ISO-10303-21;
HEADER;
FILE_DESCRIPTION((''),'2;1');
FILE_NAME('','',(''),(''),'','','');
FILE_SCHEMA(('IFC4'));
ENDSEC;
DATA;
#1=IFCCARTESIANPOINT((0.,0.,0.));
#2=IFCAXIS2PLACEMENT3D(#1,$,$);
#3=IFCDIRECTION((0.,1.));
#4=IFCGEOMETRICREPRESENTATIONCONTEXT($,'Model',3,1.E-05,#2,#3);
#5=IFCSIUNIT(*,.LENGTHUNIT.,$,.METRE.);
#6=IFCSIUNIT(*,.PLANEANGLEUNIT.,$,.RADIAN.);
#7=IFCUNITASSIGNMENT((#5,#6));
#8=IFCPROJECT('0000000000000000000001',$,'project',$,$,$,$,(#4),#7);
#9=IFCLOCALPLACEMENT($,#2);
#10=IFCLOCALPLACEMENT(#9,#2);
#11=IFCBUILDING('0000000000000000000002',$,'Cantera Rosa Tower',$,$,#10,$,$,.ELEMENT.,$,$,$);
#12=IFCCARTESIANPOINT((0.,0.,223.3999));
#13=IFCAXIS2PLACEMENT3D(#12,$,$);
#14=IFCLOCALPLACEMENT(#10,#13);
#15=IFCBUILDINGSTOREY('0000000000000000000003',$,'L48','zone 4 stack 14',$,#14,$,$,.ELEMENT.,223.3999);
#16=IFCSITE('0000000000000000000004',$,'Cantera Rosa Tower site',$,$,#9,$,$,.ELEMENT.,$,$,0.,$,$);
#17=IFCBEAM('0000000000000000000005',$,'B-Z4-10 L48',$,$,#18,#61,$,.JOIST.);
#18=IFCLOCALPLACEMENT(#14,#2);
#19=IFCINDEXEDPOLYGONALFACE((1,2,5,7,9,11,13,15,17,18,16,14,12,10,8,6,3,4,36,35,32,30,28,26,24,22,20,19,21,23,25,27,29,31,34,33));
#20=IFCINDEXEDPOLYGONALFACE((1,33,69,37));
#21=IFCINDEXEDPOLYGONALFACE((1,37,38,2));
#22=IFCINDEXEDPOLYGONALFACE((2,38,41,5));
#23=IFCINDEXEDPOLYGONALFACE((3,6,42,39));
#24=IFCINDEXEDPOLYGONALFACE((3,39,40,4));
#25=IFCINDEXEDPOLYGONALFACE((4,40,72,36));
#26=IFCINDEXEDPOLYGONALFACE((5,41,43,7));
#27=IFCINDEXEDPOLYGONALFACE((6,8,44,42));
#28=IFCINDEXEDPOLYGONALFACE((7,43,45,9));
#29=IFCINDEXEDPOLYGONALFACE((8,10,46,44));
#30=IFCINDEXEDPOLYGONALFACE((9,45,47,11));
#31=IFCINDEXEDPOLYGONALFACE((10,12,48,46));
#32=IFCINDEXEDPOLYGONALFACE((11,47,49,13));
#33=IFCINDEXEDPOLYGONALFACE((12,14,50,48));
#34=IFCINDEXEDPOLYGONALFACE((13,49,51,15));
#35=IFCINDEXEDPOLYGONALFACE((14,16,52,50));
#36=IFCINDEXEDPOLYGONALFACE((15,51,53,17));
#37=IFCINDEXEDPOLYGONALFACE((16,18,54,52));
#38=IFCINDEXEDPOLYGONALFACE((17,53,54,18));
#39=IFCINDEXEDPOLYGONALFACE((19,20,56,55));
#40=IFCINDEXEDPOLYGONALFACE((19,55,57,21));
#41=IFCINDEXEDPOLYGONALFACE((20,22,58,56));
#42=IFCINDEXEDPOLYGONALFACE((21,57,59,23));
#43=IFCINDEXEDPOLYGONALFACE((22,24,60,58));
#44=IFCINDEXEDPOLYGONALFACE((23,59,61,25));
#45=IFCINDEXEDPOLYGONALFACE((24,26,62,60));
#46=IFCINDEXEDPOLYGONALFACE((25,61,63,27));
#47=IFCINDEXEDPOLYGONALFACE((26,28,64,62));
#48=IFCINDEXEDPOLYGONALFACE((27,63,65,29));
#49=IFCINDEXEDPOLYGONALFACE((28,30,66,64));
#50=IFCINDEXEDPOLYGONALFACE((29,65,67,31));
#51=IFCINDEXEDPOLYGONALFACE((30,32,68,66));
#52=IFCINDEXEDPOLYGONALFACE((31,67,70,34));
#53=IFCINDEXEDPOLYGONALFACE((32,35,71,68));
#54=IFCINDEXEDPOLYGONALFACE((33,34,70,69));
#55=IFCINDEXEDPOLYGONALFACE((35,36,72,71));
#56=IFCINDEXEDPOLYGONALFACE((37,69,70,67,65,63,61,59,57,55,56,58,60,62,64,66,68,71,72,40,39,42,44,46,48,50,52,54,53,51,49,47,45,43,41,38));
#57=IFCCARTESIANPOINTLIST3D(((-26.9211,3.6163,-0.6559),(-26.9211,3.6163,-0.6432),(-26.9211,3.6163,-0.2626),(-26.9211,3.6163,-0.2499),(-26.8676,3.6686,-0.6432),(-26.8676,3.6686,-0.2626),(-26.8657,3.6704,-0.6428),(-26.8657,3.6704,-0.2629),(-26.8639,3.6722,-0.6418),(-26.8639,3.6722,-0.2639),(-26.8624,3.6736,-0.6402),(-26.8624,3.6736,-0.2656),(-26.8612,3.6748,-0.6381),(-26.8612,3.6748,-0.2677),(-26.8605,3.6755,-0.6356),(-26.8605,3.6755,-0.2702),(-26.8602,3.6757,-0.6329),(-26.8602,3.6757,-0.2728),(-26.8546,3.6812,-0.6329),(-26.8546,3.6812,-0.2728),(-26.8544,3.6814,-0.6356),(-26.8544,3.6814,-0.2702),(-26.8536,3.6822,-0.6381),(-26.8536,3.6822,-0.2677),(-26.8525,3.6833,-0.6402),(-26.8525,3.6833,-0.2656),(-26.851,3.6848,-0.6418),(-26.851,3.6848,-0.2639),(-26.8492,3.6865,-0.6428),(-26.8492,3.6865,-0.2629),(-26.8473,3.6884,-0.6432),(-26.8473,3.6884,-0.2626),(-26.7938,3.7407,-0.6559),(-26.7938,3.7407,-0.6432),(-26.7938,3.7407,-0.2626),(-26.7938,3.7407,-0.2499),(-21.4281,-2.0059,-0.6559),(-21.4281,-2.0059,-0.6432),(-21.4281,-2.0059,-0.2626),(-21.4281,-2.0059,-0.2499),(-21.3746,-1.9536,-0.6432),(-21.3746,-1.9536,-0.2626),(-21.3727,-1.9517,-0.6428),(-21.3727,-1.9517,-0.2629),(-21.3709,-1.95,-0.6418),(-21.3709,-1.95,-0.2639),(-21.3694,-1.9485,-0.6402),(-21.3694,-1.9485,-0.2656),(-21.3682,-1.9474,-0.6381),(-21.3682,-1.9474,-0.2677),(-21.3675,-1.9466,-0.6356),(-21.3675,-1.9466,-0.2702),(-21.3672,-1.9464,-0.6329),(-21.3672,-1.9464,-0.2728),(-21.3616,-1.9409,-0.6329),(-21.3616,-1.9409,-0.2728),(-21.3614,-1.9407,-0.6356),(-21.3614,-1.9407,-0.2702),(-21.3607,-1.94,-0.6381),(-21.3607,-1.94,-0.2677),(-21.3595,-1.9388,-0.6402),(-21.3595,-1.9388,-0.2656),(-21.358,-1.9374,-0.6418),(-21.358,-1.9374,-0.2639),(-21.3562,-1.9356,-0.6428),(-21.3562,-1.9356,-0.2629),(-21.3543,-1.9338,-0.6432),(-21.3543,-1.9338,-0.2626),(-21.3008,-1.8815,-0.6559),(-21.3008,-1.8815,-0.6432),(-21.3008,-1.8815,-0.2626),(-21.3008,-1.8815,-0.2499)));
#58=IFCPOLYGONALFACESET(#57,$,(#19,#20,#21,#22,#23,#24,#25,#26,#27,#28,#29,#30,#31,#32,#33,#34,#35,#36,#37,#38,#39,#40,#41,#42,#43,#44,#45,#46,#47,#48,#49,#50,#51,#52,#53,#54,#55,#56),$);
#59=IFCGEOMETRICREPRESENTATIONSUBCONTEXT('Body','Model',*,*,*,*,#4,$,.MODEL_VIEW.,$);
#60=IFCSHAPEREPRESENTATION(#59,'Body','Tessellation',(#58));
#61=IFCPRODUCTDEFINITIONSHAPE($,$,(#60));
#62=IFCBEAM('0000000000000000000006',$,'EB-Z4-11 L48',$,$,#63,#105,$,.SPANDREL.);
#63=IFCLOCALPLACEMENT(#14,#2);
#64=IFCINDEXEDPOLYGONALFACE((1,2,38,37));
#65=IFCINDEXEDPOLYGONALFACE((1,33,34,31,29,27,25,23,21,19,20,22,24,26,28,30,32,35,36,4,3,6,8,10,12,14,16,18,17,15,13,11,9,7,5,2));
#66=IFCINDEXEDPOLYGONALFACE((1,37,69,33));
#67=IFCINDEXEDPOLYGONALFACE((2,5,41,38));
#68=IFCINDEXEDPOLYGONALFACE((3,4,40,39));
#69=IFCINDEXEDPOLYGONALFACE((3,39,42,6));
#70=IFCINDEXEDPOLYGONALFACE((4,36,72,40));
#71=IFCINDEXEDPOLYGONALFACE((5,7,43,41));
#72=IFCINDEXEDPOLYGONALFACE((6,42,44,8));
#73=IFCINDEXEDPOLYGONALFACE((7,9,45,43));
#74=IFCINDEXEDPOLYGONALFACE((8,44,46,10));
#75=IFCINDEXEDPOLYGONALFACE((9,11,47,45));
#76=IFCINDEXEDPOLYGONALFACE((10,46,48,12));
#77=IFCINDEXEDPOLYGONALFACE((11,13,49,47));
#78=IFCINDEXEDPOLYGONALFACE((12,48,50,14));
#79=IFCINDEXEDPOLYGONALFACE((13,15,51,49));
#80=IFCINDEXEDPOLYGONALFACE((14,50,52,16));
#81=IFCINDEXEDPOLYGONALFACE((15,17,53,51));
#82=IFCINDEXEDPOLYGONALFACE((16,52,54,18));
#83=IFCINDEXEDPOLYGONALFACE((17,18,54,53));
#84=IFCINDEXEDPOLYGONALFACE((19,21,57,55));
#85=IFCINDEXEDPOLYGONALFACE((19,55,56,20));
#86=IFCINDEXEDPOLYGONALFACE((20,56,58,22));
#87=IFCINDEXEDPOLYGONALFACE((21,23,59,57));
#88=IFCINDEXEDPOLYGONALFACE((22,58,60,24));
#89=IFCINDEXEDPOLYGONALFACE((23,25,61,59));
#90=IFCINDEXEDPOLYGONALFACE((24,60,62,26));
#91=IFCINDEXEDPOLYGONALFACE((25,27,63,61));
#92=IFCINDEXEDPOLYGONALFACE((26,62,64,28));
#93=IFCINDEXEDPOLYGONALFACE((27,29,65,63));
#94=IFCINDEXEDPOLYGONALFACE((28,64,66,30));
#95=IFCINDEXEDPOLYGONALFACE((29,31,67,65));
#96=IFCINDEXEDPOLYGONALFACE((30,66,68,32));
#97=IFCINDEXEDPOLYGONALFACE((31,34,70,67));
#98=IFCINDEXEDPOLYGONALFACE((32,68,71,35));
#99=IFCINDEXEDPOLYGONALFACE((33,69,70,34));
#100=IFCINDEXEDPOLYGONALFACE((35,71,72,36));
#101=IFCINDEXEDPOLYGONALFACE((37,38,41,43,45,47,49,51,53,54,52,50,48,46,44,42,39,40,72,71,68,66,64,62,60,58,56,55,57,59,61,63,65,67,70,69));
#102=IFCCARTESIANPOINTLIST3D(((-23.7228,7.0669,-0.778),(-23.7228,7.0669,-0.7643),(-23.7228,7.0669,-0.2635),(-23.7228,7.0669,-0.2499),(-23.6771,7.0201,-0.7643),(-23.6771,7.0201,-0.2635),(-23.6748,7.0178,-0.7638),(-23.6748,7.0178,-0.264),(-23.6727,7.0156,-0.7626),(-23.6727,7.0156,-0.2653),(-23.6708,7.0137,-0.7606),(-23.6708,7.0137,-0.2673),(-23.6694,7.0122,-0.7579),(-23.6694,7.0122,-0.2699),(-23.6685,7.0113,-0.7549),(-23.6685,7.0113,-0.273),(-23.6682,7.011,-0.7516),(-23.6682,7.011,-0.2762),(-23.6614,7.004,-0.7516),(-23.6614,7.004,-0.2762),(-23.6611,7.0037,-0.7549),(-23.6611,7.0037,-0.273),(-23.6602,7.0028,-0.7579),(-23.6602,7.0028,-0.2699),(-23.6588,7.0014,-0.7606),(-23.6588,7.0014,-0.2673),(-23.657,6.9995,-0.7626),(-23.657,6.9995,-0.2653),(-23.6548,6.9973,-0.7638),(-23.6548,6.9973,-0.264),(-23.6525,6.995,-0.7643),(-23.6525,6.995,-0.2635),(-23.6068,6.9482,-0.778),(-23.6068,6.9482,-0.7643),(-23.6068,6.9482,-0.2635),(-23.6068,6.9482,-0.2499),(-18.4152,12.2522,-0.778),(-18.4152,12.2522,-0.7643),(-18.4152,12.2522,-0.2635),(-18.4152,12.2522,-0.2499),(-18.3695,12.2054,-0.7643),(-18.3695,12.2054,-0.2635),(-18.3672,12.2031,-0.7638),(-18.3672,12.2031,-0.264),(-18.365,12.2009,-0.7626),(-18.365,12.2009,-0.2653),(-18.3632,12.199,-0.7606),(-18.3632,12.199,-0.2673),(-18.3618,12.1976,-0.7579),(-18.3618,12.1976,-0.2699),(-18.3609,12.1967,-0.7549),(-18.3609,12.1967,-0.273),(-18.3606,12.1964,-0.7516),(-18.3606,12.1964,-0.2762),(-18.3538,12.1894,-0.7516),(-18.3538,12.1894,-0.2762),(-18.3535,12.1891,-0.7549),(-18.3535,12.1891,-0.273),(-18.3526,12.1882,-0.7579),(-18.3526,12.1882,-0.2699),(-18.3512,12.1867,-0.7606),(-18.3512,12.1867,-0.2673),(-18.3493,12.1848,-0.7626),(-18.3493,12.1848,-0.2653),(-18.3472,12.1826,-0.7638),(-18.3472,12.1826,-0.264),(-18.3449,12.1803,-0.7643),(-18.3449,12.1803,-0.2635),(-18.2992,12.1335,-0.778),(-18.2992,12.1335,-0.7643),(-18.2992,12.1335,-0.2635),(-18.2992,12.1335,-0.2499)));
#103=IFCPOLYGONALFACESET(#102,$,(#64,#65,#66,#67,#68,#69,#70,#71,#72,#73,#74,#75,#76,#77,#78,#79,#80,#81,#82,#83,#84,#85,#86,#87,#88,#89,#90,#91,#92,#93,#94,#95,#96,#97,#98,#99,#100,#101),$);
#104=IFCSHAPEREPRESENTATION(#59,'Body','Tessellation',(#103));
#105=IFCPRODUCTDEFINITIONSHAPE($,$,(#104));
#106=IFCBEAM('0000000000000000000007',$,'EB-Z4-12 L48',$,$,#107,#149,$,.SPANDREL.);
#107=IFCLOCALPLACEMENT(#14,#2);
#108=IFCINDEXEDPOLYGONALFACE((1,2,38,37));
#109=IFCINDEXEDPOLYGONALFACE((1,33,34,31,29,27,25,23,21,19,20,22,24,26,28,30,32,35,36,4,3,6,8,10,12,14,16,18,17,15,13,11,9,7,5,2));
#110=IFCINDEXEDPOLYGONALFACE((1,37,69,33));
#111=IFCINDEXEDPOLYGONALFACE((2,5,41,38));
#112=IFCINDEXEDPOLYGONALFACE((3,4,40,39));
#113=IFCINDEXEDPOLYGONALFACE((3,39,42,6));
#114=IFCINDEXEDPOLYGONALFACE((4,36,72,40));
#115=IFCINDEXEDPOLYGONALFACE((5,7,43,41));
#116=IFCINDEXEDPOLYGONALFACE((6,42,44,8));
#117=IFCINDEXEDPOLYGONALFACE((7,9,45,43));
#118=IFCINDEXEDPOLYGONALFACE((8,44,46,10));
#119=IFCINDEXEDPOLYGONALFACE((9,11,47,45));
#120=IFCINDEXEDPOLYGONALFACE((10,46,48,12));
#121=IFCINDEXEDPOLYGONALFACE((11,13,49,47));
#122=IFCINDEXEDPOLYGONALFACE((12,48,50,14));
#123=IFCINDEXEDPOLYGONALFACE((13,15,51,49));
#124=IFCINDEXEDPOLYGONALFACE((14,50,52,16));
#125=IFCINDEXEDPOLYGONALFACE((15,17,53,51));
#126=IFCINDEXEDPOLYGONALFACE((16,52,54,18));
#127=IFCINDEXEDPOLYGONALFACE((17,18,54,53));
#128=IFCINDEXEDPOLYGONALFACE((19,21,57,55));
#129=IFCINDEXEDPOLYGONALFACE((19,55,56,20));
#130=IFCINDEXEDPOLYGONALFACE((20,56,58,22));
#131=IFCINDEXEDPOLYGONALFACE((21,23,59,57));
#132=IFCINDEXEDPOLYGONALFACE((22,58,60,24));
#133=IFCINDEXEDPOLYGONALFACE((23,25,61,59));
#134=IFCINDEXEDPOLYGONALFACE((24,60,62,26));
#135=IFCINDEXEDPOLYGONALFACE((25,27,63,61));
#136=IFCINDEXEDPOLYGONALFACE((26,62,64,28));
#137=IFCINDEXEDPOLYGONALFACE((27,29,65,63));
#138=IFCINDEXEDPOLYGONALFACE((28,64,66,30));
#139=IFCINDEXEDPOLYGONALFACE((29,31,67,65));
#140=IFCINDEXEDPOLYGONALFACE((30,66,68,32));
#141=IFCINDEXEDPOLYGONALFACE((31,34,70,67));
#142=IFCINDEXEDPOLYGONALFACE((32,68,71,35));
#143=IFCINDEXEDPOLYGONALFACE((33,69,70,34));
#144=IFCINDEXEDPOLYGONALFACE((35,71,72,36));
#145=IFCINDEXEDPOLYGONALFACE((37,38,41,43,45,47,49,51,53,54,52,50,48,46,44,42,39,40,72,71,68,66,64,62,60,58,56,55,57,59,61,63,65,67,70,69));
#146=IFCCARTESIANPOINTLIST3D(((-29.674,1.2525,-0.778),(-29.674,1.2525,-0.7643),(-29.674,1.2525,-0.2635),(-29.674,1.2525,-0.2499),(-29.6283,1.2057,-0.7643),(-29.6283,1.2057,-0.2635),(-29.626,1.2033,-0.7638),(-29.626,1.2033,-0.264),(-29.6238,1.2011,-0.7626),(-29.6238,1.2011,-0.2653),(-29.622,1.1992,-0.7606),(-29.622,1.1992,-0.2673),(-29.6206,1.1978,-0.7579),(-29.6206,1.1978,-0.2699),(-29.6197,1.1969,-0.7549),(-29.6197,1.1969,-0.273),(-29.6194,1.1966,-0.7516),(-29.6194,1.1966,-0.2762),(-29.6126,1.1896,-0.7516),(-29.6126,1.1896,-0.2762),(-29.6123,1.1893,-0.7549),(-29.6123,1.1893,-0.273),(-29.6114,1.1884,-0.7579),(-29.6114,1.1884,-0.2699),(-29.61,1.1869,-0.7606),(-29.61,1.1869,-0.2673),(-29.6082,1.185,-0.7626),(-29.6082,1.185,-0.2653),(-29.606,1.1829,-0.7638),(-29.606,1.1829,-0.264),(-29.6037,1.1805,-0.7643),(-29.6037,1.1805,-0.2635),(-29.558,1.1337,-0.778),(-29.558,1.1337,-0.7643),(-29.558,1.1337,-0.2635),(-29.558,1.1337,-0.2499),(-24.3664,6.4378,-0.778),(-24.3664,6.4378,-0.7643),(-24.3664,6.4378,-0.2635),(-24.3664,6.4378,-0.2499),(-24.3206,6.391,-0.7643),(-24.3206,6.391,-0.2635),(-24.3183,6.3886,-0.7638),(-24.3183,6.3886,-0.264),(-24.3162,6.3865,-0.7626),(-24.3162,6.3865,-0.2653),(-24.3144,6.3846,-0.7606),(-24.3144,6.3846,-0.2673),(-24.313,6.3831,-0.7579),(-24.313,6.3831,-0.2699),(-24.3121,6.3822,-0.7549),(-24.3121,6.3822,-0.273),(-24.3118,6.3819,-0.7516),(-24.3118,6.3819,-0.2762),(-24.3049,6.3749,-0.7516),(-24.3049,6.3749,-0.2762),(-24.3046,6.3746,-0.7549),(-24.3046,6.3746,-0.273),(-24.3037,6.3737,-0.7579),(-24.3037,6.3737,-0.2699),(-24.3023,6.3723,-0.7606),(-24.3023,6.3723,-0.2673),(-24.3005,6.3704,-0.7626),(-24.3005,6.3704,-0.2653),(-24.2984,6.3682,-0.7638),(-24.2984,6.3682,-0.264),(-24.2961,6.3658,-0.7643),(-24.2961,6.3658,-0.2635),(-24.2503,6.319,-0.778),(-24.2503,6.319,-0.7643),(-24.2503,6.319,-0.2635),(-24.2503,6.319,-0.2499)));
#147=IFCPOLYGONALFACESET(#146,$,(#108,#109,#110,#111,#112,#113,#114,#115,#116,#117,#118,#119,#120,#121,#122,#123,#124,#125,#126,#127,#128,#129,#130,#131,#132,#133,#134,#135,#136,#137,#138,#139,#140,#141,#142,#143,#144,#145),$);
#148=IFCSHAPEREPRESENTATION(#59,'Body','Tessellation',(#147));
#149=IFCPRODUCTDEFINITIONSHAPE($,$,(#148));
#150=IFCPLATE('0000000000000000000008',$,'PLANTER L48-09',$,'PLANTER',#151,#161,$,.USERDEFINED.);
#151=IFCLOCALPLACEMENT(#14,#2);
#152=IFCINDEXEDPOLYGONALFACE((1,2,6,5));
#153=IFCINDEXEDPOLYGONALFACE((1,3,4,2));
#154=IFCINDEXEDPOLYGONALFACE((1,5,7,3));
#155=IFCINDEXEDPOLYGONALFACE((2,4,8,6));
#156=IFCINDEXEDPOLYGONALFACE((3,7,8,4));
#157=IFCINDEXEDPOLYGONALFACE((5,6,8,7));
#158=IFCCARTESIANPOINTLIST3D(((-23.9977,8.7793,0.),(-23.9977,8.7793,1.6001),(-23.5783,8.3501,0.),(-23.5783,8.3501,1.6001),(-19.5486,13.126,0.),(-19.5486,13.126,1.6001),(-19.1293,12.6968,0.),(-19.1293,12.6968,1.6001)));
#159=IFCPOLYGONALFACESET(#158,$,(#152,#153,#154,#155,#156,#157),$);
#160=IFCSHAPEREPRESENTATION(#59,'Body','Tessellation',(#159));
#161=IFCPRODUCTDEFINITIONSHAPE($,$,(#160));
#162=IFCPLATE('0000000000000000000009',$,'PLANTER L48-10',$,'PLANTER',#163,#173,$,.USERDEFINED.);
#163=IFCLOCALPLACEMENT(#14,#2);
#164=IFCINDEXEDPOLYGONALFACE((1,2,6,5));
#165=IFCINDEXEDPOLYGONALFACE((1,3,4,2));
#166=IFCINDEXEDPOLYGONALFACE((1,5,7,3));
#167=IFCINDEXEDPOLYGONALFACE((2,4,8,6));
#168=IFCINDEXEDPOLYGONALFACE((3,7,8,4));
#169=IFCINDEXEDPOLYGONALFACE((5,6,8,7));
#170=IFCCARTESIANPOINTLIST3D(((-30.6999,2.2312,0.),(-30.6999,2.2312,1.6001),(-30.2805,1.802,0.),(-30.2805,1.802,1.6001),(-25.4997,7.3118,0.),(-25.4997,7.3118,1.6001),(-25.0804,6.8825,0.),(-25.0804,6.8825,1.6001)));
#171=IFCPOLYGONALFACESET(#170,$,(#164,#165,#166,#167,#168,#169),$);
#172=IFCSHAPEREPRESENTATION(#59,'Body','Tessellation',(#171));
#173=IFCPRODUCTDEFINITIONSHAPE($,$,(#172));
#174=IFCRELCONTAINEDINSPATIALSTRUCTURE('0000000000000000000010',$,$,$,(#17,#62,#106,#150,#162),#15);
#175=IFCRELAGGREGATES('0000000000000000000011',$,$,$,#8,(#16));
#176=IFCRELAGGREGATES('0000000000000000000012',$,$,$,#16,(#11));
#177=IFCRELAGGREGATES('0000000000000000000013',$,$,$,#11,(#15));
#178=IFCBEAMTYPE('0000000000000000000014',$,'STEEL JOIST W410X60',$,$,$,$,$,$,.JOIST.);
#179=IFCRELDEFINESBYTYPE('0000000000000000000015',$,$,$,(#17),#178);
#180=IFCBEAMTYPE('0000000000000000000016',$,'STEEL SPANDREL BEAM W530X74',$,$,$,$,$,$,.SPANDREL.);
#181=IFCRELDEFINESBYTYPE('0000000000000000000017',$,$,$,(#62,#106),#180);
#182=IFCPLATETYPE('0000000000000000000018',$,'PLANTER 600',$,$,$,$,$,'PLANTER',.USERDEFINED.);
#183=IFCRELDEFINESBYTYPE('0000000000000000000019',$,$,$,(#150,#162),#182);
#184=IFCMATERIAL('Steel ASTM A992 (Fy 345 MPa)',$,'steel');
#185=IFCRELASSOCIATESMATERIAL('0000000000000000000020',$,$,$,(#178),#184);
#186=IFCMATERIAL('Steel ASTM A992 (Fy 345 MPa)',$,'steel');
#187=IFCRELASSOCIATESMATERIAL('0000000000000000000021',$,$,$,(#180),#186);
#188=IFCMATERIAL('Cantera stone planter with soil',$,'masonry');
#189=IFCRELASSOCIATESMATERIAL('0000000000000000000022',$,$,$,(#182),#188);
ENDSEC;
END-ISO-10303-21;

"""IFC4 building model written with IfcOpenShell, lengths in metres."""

from ifc_helpers import new_model, si_unit, direction, frame, origin, origin_2d, place, context, subcontext, project, spatial, rectangle, i_section, extrude, material, material_profile, profile_set, type_object, element, save


model = new_model("IFC4")

# Units and contexts
model_context = context("Model", 3, precision=1e-05, world=origin(), true_north=direction((0.0, 1.0)))
body_context = subcontext(model_context, "Body", "Model", "MODEL_VIEW")
ifc_project = project(units=[si_unit("LENGTHUNIT", "METRE"), si_unit("PLANEANGLEUNIT", "RADIAN")], contexts=[model_context])

# Site, building, storey
site_placement = place(None, origin())
site = spatial("IfcSite", under=ifc_project, at=site_placement, Name="Cantera Rosa Tower site", CompositionType="ELEMENT", RefElevation=0.0)
building_placement = place(site_placement, origin())
building = spatial("IfcBuilding", under=site, at=building_placement, Name="Cantera Rosa Tower", CompositionType="ELEMENT")
storey_placement = place(building_placement, frame((0.0, 0.0, 223.3999)))
storey = spatial("IfcBuildingStorey", under=building, at=storey_placement, Name="L48", Description="zone 4 stack 14", CompositionType="ELEMENT", Elevation=223.3999)

# Beams
ifc_material_1 = material(Name="Steel ASTM A992 (Fy 345 MPa)", Category="steel")
ifc_material_profile_1 = material_profile(ifc_material_1, i_section(OverallWidth=0.178, OverallDepth=0.406, WebThickness=0.0078, FlangeThickness=0.0127, FilletRadius=0.0103, at=origin_2d()), Name="W410X60")
ifc_profile_set_1 = profile_set([ifc_material_profile_1], Name="Steel ASTM A992 (Fy 345 MPa)")
beam_type_1 = type_object("IfcBeamType", Name="STEEL JOIST W410X60", PredefinedType="JOIST", material=ifc_profile_set_1)
beam_1_placement = place(storey_placement, frame((-26.8574, 3.6785, -0.4529), z_axis=(0.698843, -0.715275, 0.0), x_axis=(0.715275, 0.698843, 0.0)))
element("IfcBeam", 1, at=beam_1_placement, inside=storey, type_object=beam_type_1, Name="B-Z4-10 L48", PredefinedType="JOIST", context=body_context, shape_type="SweptSolid", body=[
    extrude(i_section(OverallWidth=0.178, OverallDepth=0.406, WebThickness=0.0078, FlangeThickness=0.0127, FilletRadius=0.0103, at=origin_2d()), origin(), (0.0, 0.0, 1.0), 7.8601),
])
ifc_material_2 = material(Name="Steel ASTM A992 (Fy 345 MPa)", Category="steel")
ifc_material_profile_2 = material_profile(ifc_material_2, i_section(OverallWidth=0.166, OverallDepth=0.5281, WebThickness=0.0098, FlangeThickness=0.0137, FilletRadius=0.0127, at=origin_2d()), Name="W530X74")
ifc_profile_set_2 = profile_set([ifc_material_profile_2], Name="Steel ASTM A992 (Fy 345 MPa)")
beam_type_2 = type_object("IfcBeamType", Name="STEEL SPANDREL BEAM W530X74", PredefinedType="SPANDREL", material=ifc_profile_set_2)
for number, where, z_axis, x_axis, name in (
    (2, (-18.3572, 12.1929, -0.5139), (-0.715301, -0.698817, 0.0), (0.698817, -0.715301, 0.0), "EB-Z4-11 L48"),
    (3, (-24.3083, 6.3784, -0.5139), (-0.715301, -0.698817, 0.0), (0.698817, -0.715301, 0.0), "EB-Z4-12 L48"),
):
    element("IfcBeam", number, at=place(storey_placement, frame(where, z_axis=z_axis, x_axis=x_axis)), inside=storey, type_object=beam_type_2, Name=name, PredefinedType="SPANDREL", context=body_context, shape_type="SweptSolid", body=[
        extrude(i_section(OverallWidth=0.166, OverallDepth=0.5281, WebThickness=0.0098, FlangeThickness=0.0137, FilletRadius=0.0127, at=origin_2d()), origin(), (0.0, 0.0, 1.0), 7.4202),
    ])

# Plates
ifc_material_3 = material(Name="Cantera stone planter with soil", Category="masonry")
plate_type = type_object("IfcPlateType", Name="PLANTER 600", ElementType="PLANTER", PredefinedType="USERDEFINED", material=ifc_material_3)
plate_1_placement = place(storey_placement, frame((-21.5635, 10.738, 0.0), z_axis=(0.0, 0.0, 1.0), x_axis=(-0.715286, -0.698832, 0.0)))
element("IfcPlate", 4, at=plate_1_placement, inside=storey, type_object=plate_type, Name="PLANTER L48-09", ObjectType="PLANTER", PredefinedType="USERDEFINED", context=body_context, shape_type="SweptSolid", body=[
    extrude(rectangle(XDim=6.22, YDim=0.6001, at=origin_2d()), origin(), (0.0, 0.0, 1.0), 1.6001),
])
plate_2_placement = place(storey_placement, frame((-27.8901, 4.5569, 0.0), z_axis=(0.0, 0.0, 1.0), x_axis=(-0.715286, -0.698832, 0.0)))
element("IfcPlate", 5, at=plate_2_placement, inside=storey, type_object=plate_type, Name="PLANTER L48-10", ObjectType="PLANTER", PredefinedType="USERDEFINED", context=body_context, shape_type="SweptSolid", body=[
    extrude(rectangle(XDim=7.27, YDim=0.6001, at=origin_2d()), origin(), (0.0, 0.0, 1.0), 1.6001),
])

save(model, "model.ifc")
